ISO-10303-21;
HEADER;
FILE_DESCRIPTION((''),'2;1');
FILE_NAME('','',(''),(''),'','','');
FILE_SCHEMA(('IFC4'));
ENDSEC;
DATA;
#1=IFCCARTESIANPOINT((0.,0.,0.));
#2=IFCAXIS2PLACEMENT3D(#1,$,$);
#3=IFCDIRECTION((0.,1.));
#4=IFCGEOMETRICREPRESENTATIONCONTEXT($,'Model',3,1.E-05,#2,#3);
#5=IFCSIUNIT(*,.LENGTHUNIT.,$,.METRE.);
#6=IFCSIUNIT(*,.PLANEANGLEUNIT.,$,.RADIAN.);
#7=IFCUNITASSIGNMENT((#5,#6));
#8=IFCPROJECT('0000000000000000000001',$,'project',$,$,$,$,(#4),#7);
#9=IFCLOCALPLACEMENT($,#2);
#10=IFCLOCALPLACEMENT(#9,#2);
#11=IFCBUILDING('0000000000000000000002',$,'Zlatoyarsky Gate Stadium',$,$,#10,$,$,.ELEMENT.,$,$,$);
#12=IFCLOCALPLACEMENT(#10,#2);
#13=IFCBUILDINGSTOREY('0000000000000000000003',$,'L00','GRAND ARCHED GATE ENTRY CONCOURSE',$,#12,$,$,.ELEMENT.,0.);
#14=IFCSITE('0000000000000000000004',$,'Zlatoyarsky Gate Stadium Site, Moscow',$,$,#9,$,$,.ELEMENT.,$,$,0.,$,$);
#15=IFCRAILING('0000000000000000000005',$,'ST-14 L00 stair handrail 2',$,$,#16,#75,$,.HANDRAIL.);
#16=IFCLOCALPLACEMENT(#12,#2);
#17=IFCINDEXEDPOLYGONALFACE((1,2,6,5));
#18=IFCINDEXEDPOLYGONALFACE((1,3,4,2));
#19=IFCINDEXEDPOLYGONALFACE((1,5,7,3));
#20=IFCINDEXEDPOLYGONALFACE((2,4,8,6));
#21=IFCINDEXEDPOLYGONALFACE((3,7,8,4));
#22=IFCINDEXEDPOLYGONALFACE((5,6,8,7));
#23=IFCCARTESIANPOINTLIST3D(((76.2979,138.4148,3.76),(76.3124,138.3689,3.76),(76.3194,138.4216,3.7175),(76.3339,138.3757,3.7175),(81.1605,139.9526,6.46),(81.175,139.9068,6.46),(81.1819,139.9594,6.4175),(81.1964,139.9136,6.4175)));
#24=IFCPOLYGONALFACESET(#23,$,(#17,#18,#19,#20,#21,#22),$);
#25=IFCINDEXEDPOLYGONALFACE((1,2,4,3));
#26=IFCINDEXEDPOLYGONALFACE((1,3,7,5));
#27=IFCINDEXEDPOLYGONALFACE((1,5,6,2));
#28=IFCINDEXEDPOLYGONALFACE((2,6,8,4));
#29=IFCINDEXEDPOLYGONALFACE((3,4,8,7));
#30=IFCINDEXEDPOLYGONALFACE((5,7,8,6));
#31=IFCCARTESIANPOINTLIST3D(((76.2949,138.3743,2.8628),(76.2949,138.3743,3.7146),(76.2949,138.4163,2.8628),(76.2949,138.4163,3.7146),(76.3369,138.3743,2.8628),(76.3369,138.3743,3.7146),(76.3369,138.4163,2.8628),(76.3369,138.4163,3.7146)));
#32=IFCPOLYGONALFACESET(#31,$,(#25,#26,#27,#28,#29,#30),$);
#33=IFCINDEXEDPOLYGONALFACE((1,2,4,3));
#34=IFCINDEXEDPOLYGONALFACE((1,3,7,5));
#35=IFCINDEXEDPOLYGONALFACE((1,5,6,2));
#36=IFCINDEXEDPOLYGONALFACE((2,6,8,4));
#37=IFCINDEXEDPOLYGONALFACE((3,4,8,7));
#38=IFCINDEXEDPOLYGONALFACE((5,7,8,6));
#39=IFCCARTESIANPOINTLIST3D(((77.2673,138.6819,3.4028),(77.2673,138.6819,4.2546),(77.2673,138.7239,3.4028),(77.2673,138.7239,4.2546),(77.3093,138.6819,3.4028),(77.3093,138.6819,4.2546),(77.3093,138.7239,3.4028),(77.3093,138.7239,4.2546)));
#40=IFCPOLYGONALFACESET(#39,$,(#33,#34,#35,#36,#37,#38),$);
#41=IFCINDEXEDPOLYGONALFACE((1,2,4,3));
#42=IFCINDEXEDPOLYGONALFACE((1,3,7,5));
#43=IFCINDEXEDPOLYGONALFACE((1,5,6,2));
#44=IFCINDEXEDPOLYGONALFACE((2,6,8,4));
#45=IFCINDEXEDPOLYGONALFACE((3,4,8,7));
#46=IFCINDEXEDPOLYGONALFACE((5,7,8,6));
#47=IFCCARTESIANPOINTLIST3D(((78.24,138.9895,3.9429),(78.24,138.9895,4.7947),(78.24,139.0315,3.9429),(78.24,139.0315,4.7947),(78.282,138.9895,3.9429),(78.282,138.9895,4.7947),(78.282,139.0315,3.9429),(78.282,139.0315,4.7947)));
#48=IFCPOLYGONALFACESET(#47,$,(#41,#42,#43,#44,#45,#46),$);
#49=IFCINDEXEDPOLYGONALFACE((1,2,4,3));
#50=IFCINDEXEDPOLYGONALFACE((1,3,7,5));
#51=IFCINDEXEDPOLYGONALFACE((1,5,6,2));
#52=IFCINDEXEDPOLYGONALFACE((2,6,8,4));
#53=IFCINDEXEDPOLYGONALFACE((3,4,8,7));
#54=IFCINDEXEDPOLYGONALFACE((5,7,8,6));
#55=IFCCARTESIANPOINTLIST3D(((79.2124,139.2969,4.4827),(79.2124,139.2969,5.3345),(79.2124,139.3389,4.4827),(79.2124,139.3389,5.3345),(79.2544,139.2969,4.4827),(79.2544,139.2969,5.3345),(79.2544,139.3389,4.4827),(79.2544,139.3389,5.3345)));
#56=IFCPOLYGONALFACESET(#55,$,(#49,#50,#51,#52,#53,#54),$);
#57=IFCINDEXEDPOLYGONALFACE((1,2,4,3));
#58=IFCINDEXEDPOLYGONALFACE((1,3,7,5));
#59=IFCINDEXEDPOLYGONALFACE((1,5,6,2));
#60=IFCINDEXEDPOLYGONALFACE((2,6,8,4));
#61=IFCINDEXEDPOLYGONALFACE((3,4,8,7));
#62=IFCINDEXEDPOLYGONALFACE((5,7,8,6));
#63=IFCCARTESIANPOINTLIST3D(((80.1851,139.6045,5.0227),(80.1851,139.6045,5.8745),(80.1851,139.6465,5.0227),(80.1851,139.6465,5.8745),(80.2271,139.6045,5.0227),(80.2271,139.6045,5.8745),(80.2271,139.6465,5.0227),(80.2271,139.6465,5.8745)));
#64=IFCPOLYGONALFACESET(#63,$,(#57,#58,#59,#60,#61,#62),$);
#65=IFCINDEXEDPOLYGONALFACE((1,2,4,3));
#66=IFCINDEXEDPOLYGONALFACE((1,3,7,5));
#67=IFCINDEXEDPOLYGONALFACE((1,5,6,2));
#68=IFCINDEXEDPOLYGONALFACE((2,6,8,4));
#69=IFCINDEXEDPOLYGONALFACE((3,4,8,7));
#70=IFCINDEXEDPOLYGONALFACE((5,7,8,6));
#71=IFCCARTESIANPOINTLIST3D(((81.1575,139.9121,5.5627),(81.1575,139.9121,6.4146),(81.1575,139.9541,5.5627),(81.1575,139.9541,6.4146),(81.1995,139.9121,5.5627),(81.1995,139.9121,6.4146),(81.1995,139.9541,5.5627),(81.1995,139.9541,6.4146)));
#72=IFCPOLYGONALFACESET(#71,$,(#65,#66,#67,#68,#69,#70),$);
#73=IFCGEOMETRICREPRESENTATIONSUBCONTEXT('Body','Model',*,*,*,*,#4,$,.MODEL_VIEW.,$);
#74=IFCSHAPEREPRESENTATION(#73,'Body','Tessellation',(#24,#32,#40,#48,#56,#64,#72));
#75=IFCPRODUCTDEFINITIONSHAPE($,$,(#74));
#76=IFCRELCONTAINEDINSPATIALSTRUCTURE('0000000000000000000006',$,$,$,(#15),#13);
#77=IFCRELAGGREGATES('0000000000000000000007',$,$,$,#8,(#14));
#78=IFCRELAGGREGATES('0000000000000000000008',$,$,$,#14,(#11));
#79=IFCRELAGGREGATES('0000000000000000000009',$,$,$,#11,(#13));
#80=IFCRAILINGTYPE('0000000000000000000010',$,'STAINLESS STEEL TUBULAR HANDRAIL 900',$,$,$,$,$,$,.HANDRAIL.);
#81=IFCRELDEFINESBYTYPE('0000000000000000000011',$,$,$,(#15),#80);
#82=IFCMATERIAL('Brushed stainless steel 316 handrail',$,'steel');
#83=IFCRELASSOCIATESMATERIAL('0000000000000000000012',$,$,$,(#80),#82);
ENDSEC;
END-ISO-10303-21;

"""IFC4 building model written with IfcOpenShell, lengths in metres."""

from ifc_helpers import new_model, si_unit, direction, frame, origin, origin_2d, place, context, subcontext, project, spatial, rectangle, extrude, material, type_object, element, save


model = new_model("IFC4")

# Units and contexts
model_context = context("Model", 3, precision=1e-05, world=origin(), true_north=direction((0.0, 1.0)))
body_context = subcontext(model_context, "Body", "Model", "MODEL_VIEW")
ifc_project = project(units=[si_unit("LENGTHUNIT", "METRE"), si_unit("PLANEANGLEUNIT", "RADIAN")], contexts=[model_context])

# Site, building, storey
site_placement = place(None, origin())
site = spatial("IfcSite", under=ifc_project, at=site_placement, Name="Zlatoyarsky Gate Stadium Site, Moscow", CompositionType="ELEMENT", RefElevation=0.0)
building_placement = place(site_placement, origin())
building = spatial("IfcBuilding", under=site, at=building_placement, Name="Zlatoyarsky Gate Stadium", CompositionType="ELEMENT")
storey_placement = place(building_placement, origin())
storey = spatial("IfcBuildingStorey", under=building, at=storey_placement, Name="L00", Description="GRAND ARCHED GATE ENTRY CONCOURSE", CompositionType="ELEMENT", Elevation=0.0)

# Railing
ifc_material_1 = material(Name="Brushed stainless steel 316 handrail", Category="steel")
railing_type_1 = type_object("IfcRailingType", Name="STAINLESS STEEL TUBULAR HANDRAIL 900", PredefinedType="HANDRAIL", material=ifc_material_1)
railing_1_placement = place(storey_placement, frame((76.3159, 138.3953, 2.8628)))
element("IfcRailing", 1, at=railing_1_placement, inside=storey, type_object=railing_type_1, Name="ST-14 L00 stair handrail 2", PredefinedType="HANDRAIL", context=body_context, shape_type="SweptSolid", body=[
    extrude(rectangle(XDim=0.0481, YDim=0.0481, at=origin_2d()), frame((0.0, 0.0, 0.876), z_axis=(0.842651, 0.266499, 0.467886), x_axis=(-0.301541, 0.953453, 0.0)), (0.0, 0.0, 1.0), 5.7705),
    extrude(rectangle(XDim=0.042, YDim=0.042, at=origin_2d()), origin(), (0.0, 0.0, 1.0), 0.8518),
    extrude(rectangle(XDim=0.042, YDim=0.042, at=origin_2d()), frame((0.9724, 0.3076, 0.54)), (0.0, 0.0, 1.0), 0.8518),
    extrude(rectangle(XDim=0.042, YDim=0.042, at=origin_2d()), frame((1.9451, 0.6152, 1.0801)), (0.0, 0.0, 1.0), 0.8518),
    extrude(rectangle(XDim=0.042, YDim=0.042, at=origin_2d()), frame((2.9175, 0.9226, 1.6199)), (0.0, 0.0, 1.0), 0.8518),
    extrude(rectangle(XDim=0.042, YDim=0.042, at=origin_2d()), frame((3.8901, 1.2302, 2.1599)), (0.0, 0.0, 1.0), 0.8518),
    extrude(rectangle(XDim=0.042, YDim=0.042, at=origin_2d()), frame((4.8625, 1.5378, 2.7)), (0.0, 0.0, 1.0), 0.8518),
])

save(model, "model.ifc")
